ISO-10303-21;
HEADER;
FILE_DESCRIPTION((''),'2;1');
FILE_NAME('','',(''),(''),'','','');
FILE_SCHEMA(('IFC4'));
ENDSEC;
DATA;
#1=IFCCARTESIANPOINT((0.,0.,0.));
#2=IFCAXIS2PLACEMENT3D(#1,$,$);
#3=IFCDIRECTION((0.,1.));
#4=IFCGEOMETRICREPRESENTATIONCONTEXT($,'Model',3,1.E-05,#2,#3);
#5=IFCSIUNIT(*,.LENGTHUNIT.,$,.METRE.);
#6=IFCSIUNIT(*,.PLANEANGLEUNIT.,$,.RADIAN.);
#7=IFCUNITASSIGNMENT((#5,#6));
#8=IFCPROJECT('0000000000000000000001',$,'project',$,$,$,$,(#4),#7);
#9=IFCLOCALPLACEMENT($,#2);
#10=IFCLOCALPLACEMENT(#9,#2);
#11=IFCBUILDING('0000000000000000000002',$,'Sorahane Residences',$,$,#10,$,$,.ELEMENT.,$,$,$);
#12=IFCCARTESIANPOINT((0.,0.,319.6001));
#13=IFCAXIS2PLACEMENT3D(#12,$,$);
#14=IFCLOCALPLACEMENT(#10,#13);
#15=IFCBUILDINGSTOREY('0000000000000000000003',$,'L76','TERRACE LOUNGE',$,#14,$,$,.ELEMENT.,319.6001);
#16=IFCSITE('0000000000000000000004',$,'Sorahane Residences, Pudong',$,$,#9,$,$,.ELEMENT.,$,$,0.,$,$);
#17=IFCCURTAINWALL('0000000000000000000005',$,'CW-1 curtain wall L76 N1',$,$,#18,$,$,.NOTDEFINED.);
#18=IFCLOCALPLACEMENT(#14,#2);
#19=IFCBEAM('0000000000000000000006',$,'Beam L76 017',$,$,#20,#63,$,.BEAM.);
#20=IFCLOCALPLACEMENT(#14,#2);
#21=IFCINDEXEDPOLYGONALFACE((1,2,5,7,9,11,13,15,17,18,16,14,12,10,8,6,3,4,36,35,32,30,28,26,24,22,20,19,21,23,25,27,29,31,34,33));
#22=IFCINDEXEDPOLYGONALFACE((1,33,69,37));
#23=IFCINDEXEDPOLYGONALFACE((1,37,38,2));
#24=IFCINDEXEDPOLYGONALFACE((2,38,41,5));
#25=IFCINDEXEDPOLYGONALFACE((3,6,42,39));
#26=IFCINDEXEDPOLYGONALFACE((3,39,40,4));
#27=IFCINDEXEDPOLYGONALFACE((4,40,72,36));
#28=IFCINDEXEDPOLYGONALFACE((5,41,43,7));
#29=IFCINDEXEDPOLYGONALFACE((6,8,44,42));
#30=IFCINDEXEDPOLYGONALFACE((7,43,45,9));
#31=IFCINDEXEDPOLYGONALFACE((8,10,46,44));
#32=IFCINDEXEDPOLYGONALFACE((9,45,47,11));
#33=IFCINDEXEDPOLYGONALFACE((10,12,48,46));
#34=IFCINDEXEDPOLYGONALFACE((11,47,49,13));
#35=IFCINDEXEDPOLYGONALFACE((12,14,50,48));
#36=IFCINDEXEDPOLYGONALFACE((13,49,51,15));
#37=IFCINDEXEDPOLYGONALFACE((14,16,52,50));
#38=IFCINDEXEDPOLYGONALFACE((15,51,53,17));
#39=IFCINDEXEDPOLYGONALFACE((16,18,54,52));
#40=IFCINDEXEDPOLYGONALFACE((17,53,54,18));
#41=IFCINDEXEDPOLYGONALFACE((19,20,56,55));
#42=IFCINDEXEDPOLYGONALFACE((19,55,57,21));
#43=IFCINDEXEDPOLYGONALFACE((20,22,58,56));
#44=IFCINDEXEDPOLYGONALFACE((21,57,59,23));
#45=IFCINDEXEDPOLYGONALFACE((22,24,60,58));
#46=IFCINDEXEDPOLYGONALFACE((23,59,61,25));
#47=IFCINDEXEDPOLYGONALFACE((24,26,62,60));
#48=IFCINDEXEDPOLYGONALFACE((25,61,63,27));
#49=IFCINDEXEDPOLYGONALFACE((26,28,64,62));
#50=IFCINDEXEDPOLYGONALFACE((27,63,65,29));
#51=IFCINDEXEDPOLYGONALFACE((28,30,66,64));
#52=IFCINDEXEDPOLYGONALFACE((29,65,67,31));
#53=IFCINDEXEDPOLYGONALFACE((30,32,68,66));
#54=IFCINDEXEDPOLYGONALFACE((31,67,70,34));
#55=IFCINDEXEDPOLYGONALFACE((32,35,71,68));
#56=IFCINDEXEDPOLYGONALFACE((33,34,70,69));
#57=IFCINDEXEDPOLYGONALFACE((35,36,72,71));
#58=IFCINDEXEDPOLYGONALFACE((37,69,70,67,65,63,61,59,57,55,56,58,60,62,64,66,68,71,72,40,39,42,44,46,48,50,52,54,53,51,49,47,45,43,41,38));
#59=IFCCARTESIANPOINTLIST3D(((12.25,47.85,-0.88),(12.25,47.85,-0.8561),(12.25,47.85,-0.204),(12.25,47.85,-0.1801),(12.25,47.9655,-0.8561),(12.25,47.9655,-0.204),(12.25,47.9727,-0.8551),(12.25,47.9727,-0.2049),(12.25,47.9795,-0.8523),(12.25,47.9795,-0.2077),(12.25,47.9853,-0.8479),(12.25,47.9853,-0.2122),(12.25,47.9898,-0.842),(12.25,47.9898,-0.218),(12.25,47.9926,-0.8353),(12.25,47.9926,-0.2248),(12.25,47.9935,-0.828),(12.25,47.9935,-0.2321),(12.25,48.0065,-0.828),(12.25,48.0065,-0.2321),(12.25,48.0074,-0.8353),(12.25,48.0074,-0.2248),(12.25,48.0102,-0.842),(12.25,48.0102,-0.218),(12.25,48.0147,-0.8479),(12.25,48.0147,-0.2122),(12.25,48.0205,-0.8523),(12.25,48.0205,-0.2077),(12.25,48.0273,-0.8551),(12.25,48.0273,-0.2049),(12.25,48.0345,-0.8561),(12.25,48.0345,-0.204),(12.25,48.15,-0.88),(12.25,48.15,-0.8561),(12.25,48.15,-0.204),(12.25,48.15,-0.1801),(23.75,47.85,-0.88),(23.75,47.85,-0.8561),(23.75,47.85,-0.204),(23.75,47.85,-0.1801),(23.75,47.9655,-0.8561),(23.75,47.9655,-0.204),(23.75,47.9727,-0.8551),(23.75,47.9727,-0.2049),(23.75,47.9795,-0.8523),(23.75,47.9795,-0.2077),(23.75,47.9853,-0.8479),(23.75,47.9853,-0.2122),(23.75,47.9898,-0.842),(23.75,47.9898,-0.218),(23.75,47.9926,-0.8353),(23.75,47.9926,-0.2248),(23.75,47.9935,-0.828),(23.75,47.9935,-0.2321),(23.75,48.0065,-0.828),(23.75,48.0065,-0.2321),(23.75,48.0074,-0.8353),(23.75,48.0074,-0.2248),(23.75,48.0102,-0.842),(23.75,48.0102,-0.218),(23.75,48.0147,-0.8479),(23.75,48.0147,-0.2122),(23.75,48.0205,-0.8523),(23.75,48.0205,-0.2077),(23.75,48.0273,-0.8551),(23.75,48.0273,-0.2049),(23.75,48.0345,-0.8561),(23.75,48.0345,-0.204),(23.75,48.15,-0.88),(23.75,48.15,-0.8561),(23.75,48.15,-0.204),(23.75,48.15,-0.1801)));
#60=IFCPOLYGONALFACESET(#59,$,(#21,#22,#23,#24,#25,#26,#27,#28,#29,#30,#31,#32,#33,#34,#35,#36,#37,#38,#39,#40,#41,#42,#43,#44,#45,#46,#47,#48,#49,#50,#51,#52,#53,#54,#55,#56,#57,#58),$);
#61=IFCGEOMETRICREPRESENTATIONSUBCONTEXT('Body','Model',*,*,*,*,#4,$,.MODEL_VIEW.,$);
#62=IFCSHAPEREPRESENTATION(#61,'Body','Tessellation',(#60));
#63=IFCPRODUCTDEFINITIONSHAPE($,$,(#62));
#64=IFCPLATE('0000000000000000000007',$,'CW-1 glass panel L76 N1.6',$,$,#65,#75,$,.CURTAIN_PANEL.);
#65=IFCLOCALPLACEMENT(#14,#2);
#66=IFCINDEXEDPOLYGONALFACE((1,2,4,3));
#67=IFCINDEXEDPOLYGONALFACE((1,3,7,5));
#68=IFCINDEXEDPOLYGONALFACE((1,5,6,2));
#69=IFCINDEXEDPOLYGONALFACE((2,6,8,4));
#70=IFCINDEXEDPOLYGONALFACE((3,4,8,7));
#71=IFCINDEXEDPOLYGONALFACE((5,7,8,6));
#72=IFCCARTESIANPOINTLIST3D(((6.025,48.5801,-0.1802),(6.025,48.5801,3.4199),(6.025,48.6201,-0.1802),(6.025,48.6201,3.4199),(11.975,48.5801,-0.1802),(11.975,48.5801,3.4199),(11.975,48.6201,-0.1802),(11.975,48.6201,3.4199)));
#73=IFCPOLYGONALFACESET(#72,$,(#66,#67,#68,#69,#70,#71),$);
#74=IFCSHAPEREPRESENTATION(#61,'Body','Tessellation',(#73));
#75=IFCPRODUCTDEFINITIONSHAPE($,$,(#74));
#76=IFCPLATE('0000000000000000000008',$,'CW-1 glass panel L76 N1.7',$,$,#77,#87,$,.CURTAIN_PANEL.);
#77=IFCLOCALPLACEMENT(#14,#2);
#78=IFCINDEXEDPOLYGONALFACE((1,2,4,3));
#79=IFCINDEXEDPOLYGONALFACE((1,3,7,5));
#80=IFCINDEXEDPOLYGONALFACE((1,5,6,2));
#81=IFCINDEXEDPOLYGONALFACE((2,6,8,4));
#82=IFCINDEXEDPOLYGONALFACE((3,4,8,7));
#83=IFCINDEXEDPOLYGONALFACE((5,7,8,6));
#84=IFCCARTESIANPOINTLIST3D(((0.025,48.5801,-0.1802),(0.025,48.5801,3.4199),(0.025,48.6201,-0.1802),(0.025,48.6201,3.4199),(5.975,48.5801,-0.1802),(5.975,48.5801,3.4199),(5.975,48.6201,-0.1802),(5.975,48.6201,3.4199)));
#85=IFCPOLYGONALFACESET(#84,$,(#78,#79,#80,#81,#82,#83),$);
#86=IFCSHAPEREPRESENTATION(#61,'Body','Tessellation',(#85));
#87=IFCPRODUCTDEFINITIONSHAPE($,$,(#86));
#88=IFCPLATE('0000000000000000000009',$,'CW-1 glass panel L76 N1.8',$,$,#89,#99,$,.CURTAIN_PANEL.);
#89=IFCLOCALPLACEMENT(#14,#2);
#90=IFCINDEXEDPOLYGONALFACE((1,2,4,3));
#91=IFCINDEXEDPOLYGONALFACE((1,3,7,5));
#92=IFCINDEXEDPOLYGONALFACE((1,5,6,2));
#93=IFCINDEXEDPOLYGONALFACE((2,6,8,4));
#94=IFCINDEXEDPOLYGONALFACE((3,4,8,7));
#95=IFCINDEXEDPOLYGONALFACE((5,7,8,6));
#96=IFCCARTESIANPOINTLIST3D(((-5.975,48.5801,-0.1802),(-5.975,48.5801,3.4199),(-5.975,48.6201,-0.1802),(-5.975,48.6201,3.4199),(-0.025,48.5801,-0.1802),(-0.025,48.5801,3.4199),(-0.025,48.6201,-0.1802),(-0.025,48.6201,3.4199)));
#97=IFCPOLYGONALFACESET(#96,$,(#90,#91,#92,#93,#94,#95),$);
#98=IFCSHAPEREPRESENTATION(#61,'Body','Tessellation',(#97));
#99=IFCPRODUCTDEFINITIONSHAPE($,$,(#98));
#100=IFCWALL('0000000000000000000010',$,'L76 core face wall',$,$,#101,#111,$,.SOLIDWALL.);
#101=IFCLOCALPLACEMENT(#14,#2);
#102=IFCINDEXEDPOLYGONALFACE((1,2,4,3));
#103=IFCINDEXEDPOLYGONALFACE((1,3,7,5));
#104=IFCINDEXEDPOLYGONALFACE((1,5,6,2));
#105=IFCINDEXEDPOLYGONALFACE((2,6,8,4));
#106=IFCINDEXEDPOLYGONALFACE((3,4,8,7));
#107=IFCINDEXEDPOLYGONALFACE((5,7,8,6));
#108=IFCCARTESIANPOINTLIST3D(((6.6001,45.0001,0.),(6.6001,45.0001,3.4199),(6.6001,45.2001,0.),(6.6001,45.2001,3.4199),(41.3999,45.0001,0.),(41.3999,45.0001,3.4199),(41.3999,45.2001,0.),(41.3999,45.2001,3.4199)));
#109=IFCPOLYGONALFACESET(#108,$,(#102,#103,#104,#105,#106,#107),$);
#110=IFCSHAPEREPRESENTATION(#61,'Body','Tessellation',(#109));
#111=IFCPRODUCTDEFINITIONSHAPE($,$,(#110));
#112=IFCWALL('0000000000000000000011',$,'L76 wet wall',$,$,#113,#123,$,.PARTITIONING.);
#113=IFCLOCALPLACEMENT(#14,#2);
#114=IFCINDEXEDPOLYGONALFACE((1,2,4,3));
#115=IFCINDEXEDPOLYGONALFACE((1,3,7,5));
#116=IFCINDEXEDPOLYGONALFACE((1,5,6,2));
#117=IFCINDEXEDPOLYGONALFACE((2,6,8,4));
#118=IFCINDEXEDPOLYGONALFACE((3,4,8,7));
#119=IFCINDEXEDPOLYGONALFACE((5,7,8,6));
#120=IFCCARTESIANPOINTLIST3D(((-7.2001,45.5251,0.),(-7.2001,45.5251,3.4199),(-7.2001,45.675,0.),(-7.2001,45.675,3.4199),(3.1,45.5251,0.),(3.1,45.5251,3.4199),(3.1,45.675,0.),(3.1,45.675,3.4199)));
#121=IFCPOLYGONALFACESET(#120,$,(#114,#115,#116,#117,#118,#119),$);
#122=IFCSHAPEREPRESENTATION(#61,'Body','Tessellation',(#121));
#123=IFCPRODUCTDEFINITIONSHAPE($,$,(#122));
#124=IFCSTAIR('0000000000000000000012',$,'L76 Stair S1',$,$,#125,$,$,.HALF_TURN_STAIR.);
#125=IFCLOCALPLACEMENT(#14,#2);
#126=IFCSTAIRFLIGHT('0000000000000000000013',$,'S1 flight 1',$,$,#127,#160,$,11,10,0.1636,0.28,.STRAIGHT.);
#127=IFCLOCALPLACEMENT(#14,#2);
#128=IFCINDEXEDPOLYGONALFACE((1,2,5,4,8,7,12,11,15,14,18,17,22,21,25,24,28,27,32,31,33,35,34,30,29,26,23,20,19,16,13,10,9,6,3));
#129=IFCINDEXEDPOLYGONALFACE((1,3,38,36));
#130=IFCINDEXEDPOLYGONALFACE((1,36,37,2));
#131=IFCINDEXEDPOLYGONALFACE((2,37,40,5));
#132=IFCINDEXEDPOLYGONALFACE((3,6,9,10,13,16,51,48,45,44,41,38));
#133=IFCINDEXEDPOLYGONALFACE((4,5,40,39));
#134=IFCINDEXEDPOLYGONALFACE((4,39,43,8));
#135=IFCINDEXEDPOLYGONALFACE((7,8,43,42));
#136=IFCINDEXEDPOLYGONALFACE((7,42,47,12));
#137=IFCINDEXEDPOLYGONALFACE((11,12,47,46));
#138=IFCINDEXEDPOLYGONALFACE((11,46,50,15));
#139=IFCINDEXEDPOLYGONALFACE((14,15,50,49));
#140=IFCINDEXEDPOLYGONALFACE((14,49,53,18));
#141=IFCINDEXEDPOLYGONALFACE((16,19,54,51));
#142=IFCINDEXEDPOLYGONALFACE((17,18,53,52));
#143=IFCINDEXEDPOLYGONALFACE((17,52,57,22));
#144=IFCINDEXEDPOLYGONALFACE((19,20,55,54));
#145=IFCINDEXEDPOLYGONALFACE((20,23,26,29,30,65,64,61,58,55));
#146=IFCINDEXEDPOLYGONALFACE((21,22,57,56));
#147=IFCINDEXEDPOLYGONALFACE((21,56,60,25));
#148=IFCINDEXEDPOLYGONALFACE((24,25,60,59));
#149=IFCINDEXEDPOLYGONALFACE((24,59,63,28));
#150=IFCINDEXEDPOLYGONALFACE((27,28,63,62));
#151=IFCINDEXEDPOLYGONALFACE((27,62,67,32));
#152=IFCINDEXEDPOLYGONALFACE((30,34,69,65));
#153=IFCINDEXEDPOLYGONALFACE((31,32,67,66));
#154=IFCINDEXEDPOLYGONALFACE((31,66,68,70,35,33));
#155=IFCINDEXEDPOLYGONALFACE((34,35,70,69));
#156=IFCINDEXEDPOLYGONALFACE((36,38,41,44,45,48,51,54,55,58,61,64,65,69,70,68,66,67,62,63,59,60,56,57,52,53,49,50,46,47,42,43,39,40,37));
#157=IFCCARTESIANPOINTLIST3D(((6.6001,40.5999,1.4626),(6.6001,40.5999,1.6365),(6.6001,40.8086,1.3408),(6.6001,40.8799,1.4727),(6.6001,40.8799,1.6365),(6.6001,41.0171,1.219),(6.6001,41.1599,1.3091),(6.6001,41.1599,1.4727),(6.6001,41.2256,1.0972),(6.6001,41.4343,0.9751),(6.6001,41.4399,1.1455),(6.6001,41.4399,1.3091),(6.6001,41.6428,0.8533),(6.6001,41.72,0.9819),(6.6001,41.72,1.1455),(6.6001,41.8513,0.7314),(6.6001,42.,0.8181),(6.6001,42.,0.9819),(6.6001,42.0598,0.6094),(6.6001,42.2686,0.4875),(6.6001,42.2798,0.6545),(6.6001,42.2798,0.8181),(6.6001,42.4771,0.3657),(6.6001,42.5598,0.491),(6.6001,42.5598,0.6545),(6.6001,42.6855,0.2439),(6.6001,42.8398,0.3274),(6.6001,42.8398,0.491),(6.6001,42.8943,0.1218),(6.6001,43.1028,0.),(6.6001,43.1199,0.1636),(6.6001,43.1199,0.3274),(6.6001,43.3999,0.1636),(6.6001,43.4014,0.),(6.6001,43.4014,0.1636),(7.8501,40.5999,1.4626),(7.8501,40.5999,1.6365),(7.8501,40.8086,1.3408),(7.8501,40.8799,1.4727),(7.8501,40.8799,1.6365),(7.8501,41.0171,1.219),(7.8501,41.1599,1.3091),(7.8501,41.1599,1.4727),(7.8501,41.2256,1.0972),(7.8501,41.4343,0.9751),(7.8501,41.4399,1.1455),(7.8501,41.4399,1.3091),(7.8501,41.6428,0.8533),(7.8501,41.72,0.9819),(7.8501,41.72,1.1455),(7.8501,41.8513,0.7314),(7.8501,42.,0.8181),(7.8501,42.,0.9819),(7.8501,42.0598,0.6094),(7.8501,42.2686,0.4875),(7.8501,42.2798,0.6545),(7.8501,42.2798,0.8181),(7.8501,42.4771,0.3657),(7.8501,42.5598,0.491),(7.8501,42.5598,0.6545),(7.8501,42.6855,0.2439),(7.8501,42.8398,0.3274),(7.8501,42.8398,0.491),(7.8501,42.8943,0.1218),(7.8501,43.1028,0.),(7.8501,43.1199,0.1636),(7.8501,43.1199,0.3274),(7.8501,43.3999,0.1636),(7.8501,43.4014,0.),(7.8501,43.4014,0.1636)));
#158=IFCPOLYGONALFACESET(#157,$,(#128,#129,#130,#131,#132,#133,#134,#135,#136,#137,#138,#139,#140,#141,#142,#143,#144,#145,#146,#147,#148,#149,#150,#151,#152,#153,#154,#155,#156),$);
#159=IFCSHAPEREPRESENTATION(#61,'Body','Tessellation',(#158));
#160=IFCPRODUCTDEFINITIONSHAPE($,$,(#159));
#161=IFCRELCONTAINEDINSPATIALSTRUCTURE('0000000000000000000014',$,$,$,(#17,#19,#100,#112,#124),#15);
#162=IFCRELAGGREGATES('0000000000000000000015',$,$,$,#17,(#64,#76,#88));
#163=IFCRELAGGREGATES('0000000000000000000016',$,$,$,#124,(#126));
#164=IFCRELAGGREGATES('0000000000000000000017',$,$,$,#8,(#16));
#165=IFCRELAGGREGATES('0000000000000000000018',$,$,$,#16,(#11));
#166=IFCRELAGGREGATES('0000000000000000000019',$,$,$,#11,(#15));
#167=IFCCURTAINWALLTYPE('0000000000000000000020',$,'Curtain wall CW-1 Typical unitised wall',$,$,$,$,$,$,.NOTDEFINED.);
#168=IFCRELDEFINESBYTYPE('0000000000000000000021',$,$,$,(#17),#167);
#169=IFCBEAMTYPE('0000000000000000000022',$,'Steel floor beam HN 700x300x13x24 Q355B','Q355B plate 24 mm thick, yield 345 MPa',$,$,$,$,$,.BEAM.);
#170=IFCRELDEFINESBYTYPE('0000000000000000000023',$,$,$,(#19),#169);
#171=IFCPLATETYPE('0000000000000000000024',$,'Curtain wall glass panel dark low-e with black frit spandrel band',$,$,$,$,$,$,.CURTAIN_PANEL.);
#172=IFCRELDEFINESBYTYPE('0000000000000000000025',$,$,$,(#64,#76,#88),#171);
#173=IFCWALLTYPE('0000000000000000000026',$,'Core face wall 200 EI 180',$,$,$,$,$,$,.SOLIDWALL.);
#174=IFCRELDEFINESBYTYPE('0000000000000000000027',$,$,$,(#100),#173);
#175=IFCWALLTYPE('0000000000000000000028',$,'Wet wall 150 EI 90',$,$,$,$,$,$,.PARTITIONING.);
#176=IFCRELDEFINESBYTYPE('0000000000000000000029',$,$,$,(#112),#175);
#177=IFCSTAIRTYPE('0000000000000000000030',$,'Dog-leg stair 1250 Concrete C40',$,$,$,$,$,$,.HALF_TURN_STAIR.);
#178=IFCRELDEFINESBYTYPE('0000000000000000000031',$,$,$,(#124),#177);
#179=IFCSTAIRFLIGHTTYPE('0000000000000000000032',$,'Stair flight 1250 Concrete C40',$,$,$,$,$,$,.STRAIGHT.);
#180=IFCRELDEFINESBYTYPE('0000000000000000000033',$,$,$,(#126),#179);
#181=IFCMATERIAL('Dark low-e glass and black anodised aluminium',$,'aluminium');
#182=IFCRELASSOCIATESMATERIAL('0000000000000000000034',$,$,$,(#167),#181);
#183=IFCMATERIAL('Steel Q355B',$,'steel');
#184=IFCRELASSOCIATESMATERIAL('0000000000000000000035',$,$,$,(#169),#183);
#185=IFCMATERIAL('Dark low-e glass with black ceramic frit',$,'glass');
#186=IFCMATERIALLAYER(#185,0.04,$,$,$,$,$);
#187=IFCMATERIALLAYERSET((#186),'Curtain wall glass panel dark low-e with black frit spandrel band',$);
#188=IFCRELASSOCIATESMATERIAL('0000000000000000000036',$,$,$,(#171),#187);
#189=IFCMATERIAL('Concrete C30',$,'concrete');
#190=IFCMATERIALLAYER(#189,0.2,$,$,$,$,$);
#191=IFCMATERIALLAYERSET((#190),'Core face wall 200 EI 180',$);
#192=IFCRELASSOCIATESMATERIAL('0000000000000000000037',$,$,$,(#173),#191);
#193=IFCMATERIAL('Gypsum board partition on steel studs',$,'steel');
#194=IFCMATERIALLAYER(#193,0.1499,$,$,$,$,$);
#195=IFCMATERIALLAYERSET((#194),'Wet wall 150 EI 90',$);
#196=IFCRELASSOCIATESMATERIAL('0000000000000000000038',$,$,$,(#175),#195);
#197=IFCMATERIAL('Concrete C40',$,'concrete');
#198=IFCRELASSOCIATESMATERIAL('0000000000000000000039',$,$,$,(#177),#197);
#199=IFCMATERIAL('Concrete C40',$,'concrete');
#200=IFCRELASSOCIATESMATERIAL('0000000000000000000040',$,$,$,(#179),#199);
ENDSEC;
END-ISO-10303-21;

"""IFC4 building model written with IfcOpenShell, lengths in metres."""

from ifc_helpers import new_model, si_unit, direction, frame, frame_2d, origin, origin_2d, place, context, subcontext, project, spatial, polyline, rectangle, i_section, outline, extrude, material, layer, layer_set, material_profile, profile_set, type_object, element, aggregate, save


model = new_model("IFC4")

# Units and contexts
model_context = context("Model", 3, precision=1e-05, world=origin(), true_north=direction((0.0, 1.0)))
body_context = subcontext(model_context, "Body", "Model", "MODEL_VIEW")
ifc_project = project(units=[si_unit("LENGTHUNIT", "METRE"), si_unit("PLANEANGLEUNIT", "RADIAN")], contexts=[model_context])

# Site, building, storey
site_placement = place(None, origin())
site = spatial("IfcSite", under=ifc_project, at=site_placement, Name="Sorahane Residences, Pudong", CompositionType="ELEMENT", RefElevation=0.0)
building_placement = place(site_placement, origin())
building = spatial("IfcBuilding", under=site, at=building_placement, Name="Sorahane Residences", CompositionType="ELEMENT")
storey_placement = place(building_placement, frame((0.0, 0.0, 319.6001)))
storey = spatial("IfcBuildingStorey", under=building, at=storey_placement, Name="L76", Description="TERRACE LOUNGE", CompositionType="ELEMENT", Elevation=319.6001)

# Curtain wall
ifc_material_1 = material(Name="Dark low-e glass and black anodised aluminium", Category="aluminium")
curtain_wall_type = type_object("IfcCurtainWallType", Name="Curtain wall CW-1 Typical unitised wall", PredefinedType="NOTDEFINED", material=ifc_material_1)
curtain_wall_placement = place(storey_placement, origin())
curtain_wall = element("IfcCurtainWall", 1, at=curtain_wall_placement, inside=storey, type_object=curtain_wall_type, Name="CW-1 curtain wall L76 N1", PredefinedType="NOTDEFINED")

# Beam
ifc_material_2 = material(Name="Steel Q355B", Category="steel")
ifc_material_profile_1 = material_profile(ifc_material_2, i_section(OverallWidth=0.3, OverallDepth=0.7, WebThickness=0.0129, FlangeThickness=0.0239, FilletRadius=0.0281, at=origin_2d()), Name="HN 700x300x13x24")
ifc_profile_set_1 = profile_set([ifc_material_profile_1], Name="Steel Q355B")
beam_type_1 = type_object("IfcBeamType", Name="Steel floor beam HN 700x300x13x24 Q355B", Description="Q355B plate 24 mm thick, yield 345 MPa", PredefinedType="BEAM", material=ifc_profile_set_1)
for number, where, z_axis, x_axis, name in (
    (2, (12.25, 48.0, -0.53), (1.0, 0.0, 0.0), (0.0, 1.0, 0.0), "Beam L76 017"),
):
    element("IfcBeam", number, at=place(storey_placement, frame(where, z_axis=z_axis, x_axis=x_axis)), inside=storey, type_object=beam_type_1, Name=name, PredefinedType="BEAM", context=body_context, shape_type="SweptSolid", body=[
        extrude(i_section(OverallWidth=0.3, OverallDepth=0.7, WebThickness=0.0129, FlangeThickness=0.0239, FilletRadius=0.0281, at=origin_2d()), origin(), (0.0, 0.0, 1.0), 11.5),
    ])

# Plates
ifc_material_3 = material(Name="Dark low-e glass with black ceramic frit", Category="glass")
ifc_layer_1 = layer(ifc_material_3, 0.04)
ifc_layer_set_1 = layer_set([ifc_layer_1], Name="Curtain wall glass panel dark low-e with black frit spandrel band")
plate_type = type_object("IfcPlateType", Name="Curtain wall glass panel dark low-e with black frit spandrel band", PredefinedType="CURTAIN_PANEL", material=ifc_layer_set_1)
plate_1_placement = place(storey_placement, frame((9.0, 48.6001, -0.1802), z_axis=(0.0, 0.0, 1.0), x_axis=(-1.0, 0.0, 0.0)))
plate_1 = element("IfcPlate", 3, at=plate_1_placement, type_object=plate_type, Name="CW-1 glass panel L76 N1.6", PredefinedType="CURTAIN_PANEL", context=body_context, shape_type="SweptSolid", body=[
    extrude(rectangle(XDim=5.95, YDim=0.04, at=origin_2d()), origin(), (0.0, 0.0, 1.0), 3.6001),
])
plate_2_placement = place(storey_placement, frame((3.0, 48.6001, -0.1802), z_axis=(0.0, 0.0, 1.0), x_axis=(-1.0, 0.0, 0.0)))
plate_2 = element("IfcPlate", 4, at=plate_2_placement, type_object=plate_type, Name="CW-1 glass panel L76 N1.7", PredefinedType="CURTAIN_PANEL", context=body_context, shape_type="SweptSolid", body=[
    extrude(rectangle(XDim=5.95, YDim=0.04, at=origin_2d()), origin(), (0.0, 0.0, 1.0), 3.6001),
])
plate_3_placement = place(storey_placement, frame((-3.0, 48.6001, -0.1802), z_axis=(0.0, 0.0, 1.0), x_axis=(-1.0, 0.0, 0.0)))
plate_3 = element("IfcPlate", 5, at=plate_3_placement, type_object=plate_type, Name="CW-1 glass panel L76 N1.8", PredefinedType="CURTAIN_PANEL", context=body_context, shape_type="SweptSolid", body=[
    extrude(rectangle(XDim=5.95, YDim=0.04, at=origin_2d()), origin(), (0.0, 0.0, 1.0), 3.6001),
])
aggregate(curtain_wall, [plate_1, plate_2, plate_3])

# Wall
ifc_material_4 = material(Name="Concrete C30", Category="concrete")
ifc_layer_2 = layer(ifc_material_4, 0.2)
ifc_layer_set_2 = layer_set([ifc_layer_2], Name="Core face wall 200 EI 180")
wall_type_1 = type_object("IfcWallType", Name="Core face wall 200 EI 180", PredefinedType="SOLIDWALL", material=ifc_layer_set_2)
wall_1_placement = place(storey_placement, frame((6.6001, 45.1001, 0.0), z_axis=(0.0, 0.0, 1.0), x_axis=(1.0, 0.0, 0.0)))
element("IfcWall", 6, at=wall_1_placement, inside=storey, type_object=wall_type_1, Name="L76 core face wall", PredefinedType="SOLIDWALL", context=body_context, shape_type="SweptSolid", body=[
    extrude(rectangle(XDim=34.7998, YDim=0.2, at=frame_2d((17.3999, 0.0))), origin(), (0.0, 0.0, 1.0), 3.4199),
])

# Shared definitions
ifc_material_5 = material(Name="Gypsum board partition on steel studs", Category="steel")
ifc_layer_3 = layer(ifc_material_5, 0.1499)
ifc_layer_set_3 = layer_set([ifc_layer_3], Name="Wet wall 150 EI 90")
wall_type_2 = type_object("IfcWallType", Name="Wet wall 150 EI 90", PredefinedType="PARTITIONING", material=ifc_layer_set_3)

# Wall
wall_2_placement = place(storey_placement, frame((-7.2, 45.6001, 0.0), z_axis=(0.0, 0.0, 1.0), x_axis=(1.0, 0.0, 0.0)))
element("IfcWall", 7, at=wall_2_placement, inside=storey, type_object=wall_type_2, Name="L76 wet wall", PredefinedType="PARTITIONING", context=body_context, shape_type="SweptSolid", body=[
    extrude(rectangle(XDim=10.3, YDim=0.1499, at=frame_2d((5.1499, 0.0))), origin(), (0.0, 0.0, 1.0), 3.4199),
])

# Stair, stair flight
ifc_material_6 = material(Name="Concrete C40", Category="concrete")
stair_type = type_object("IfcStairType", Name="Dog-leg stair 1250 Concrete C40", PredefinedType="HALF_TURN_STAIR", material=ifc_material_6)
stair_placement = place(storey_placement, origin())
stair = element("IfcStair", 8, at=stair_placement, inside=storey, type_object=stair_type, Name="L76 Stair S1", PredefinedType="HALF_TURN_STAIR")
ifc_material_7 = material(Name="Concrete C40", Category="concrete")
stair_flight_type = type_object("IfcStairFlightType", Name="Stair flight 1250 Concrete C40", PredefinedType="STRAIGHT", material=ifc_material_7)
stair_flight_1_placement = place(storey_placement, frame((7.2251, 43.3999, 0.0), z_axis=(0.0, 0.0, 1.0), x_axis=(0.0, -1.0, 0.0)))
stair_flight_1 = element("IfcStairFlight", 9, at=stair_flight_1_placement, type_object=stair_flight_type, Name="S1 flight 1", NumberOfRisers=11, NumberOfTreads=10, PredefinedType="STRAIGHT", RiserHeight=0.1636, TreadLength=0.28, context=body_context, shape_type="SweptSolid", body=[
    extrude(outline(polyline([(-0.0015, 0.0), (-0.0015, 0.1636), (0.0, 0.1636), (0.28, 0.1636), (0.28, 0.3274), (0.5601, 0.3274), (0.5601, 0.491), (0.8401, 0.491), (0.8401, 0.6545), (1.1201, 0.6545), (1.1201, 0.8181), (1.3999, 0.8181), (1.3999, 0.9819), (1.6799, 0.9819), (1.6799, 1.1455), (1.96, 1.1455), (1.96, 1.3091), (2.24, 1.3091), (2.24, 1.4727), (2.52, 1.4727), (2.52, 1.6365), (2.8, 1.6365), (2.8, 1.8), (2.8, 1.4626), (2.5913, 1.3408), (2.3828, 1.219), (2.1743, 1.0972), (1.9656, 0.9751), (1.7571, 0.8533), (1.5486, 0.7314), (1.3401, 0.6094), (1.1313, 0.4875), (0.9229, 0.3657), (0.7144, 0.2439), (0.5056, 0.1218), (0.2971, 0.0), (-0.0015, 0.0)])), frame((0.0, 0.625, 0.0), z_axis=(0.0, -1.0, 0.0), x_axis=(1.0, 0.0, 0.0)), (0.0, 0.0, 1.0), 1.25),
])
aggregate(stair, [stair_flight_1])

save(model, "model.ifc")
